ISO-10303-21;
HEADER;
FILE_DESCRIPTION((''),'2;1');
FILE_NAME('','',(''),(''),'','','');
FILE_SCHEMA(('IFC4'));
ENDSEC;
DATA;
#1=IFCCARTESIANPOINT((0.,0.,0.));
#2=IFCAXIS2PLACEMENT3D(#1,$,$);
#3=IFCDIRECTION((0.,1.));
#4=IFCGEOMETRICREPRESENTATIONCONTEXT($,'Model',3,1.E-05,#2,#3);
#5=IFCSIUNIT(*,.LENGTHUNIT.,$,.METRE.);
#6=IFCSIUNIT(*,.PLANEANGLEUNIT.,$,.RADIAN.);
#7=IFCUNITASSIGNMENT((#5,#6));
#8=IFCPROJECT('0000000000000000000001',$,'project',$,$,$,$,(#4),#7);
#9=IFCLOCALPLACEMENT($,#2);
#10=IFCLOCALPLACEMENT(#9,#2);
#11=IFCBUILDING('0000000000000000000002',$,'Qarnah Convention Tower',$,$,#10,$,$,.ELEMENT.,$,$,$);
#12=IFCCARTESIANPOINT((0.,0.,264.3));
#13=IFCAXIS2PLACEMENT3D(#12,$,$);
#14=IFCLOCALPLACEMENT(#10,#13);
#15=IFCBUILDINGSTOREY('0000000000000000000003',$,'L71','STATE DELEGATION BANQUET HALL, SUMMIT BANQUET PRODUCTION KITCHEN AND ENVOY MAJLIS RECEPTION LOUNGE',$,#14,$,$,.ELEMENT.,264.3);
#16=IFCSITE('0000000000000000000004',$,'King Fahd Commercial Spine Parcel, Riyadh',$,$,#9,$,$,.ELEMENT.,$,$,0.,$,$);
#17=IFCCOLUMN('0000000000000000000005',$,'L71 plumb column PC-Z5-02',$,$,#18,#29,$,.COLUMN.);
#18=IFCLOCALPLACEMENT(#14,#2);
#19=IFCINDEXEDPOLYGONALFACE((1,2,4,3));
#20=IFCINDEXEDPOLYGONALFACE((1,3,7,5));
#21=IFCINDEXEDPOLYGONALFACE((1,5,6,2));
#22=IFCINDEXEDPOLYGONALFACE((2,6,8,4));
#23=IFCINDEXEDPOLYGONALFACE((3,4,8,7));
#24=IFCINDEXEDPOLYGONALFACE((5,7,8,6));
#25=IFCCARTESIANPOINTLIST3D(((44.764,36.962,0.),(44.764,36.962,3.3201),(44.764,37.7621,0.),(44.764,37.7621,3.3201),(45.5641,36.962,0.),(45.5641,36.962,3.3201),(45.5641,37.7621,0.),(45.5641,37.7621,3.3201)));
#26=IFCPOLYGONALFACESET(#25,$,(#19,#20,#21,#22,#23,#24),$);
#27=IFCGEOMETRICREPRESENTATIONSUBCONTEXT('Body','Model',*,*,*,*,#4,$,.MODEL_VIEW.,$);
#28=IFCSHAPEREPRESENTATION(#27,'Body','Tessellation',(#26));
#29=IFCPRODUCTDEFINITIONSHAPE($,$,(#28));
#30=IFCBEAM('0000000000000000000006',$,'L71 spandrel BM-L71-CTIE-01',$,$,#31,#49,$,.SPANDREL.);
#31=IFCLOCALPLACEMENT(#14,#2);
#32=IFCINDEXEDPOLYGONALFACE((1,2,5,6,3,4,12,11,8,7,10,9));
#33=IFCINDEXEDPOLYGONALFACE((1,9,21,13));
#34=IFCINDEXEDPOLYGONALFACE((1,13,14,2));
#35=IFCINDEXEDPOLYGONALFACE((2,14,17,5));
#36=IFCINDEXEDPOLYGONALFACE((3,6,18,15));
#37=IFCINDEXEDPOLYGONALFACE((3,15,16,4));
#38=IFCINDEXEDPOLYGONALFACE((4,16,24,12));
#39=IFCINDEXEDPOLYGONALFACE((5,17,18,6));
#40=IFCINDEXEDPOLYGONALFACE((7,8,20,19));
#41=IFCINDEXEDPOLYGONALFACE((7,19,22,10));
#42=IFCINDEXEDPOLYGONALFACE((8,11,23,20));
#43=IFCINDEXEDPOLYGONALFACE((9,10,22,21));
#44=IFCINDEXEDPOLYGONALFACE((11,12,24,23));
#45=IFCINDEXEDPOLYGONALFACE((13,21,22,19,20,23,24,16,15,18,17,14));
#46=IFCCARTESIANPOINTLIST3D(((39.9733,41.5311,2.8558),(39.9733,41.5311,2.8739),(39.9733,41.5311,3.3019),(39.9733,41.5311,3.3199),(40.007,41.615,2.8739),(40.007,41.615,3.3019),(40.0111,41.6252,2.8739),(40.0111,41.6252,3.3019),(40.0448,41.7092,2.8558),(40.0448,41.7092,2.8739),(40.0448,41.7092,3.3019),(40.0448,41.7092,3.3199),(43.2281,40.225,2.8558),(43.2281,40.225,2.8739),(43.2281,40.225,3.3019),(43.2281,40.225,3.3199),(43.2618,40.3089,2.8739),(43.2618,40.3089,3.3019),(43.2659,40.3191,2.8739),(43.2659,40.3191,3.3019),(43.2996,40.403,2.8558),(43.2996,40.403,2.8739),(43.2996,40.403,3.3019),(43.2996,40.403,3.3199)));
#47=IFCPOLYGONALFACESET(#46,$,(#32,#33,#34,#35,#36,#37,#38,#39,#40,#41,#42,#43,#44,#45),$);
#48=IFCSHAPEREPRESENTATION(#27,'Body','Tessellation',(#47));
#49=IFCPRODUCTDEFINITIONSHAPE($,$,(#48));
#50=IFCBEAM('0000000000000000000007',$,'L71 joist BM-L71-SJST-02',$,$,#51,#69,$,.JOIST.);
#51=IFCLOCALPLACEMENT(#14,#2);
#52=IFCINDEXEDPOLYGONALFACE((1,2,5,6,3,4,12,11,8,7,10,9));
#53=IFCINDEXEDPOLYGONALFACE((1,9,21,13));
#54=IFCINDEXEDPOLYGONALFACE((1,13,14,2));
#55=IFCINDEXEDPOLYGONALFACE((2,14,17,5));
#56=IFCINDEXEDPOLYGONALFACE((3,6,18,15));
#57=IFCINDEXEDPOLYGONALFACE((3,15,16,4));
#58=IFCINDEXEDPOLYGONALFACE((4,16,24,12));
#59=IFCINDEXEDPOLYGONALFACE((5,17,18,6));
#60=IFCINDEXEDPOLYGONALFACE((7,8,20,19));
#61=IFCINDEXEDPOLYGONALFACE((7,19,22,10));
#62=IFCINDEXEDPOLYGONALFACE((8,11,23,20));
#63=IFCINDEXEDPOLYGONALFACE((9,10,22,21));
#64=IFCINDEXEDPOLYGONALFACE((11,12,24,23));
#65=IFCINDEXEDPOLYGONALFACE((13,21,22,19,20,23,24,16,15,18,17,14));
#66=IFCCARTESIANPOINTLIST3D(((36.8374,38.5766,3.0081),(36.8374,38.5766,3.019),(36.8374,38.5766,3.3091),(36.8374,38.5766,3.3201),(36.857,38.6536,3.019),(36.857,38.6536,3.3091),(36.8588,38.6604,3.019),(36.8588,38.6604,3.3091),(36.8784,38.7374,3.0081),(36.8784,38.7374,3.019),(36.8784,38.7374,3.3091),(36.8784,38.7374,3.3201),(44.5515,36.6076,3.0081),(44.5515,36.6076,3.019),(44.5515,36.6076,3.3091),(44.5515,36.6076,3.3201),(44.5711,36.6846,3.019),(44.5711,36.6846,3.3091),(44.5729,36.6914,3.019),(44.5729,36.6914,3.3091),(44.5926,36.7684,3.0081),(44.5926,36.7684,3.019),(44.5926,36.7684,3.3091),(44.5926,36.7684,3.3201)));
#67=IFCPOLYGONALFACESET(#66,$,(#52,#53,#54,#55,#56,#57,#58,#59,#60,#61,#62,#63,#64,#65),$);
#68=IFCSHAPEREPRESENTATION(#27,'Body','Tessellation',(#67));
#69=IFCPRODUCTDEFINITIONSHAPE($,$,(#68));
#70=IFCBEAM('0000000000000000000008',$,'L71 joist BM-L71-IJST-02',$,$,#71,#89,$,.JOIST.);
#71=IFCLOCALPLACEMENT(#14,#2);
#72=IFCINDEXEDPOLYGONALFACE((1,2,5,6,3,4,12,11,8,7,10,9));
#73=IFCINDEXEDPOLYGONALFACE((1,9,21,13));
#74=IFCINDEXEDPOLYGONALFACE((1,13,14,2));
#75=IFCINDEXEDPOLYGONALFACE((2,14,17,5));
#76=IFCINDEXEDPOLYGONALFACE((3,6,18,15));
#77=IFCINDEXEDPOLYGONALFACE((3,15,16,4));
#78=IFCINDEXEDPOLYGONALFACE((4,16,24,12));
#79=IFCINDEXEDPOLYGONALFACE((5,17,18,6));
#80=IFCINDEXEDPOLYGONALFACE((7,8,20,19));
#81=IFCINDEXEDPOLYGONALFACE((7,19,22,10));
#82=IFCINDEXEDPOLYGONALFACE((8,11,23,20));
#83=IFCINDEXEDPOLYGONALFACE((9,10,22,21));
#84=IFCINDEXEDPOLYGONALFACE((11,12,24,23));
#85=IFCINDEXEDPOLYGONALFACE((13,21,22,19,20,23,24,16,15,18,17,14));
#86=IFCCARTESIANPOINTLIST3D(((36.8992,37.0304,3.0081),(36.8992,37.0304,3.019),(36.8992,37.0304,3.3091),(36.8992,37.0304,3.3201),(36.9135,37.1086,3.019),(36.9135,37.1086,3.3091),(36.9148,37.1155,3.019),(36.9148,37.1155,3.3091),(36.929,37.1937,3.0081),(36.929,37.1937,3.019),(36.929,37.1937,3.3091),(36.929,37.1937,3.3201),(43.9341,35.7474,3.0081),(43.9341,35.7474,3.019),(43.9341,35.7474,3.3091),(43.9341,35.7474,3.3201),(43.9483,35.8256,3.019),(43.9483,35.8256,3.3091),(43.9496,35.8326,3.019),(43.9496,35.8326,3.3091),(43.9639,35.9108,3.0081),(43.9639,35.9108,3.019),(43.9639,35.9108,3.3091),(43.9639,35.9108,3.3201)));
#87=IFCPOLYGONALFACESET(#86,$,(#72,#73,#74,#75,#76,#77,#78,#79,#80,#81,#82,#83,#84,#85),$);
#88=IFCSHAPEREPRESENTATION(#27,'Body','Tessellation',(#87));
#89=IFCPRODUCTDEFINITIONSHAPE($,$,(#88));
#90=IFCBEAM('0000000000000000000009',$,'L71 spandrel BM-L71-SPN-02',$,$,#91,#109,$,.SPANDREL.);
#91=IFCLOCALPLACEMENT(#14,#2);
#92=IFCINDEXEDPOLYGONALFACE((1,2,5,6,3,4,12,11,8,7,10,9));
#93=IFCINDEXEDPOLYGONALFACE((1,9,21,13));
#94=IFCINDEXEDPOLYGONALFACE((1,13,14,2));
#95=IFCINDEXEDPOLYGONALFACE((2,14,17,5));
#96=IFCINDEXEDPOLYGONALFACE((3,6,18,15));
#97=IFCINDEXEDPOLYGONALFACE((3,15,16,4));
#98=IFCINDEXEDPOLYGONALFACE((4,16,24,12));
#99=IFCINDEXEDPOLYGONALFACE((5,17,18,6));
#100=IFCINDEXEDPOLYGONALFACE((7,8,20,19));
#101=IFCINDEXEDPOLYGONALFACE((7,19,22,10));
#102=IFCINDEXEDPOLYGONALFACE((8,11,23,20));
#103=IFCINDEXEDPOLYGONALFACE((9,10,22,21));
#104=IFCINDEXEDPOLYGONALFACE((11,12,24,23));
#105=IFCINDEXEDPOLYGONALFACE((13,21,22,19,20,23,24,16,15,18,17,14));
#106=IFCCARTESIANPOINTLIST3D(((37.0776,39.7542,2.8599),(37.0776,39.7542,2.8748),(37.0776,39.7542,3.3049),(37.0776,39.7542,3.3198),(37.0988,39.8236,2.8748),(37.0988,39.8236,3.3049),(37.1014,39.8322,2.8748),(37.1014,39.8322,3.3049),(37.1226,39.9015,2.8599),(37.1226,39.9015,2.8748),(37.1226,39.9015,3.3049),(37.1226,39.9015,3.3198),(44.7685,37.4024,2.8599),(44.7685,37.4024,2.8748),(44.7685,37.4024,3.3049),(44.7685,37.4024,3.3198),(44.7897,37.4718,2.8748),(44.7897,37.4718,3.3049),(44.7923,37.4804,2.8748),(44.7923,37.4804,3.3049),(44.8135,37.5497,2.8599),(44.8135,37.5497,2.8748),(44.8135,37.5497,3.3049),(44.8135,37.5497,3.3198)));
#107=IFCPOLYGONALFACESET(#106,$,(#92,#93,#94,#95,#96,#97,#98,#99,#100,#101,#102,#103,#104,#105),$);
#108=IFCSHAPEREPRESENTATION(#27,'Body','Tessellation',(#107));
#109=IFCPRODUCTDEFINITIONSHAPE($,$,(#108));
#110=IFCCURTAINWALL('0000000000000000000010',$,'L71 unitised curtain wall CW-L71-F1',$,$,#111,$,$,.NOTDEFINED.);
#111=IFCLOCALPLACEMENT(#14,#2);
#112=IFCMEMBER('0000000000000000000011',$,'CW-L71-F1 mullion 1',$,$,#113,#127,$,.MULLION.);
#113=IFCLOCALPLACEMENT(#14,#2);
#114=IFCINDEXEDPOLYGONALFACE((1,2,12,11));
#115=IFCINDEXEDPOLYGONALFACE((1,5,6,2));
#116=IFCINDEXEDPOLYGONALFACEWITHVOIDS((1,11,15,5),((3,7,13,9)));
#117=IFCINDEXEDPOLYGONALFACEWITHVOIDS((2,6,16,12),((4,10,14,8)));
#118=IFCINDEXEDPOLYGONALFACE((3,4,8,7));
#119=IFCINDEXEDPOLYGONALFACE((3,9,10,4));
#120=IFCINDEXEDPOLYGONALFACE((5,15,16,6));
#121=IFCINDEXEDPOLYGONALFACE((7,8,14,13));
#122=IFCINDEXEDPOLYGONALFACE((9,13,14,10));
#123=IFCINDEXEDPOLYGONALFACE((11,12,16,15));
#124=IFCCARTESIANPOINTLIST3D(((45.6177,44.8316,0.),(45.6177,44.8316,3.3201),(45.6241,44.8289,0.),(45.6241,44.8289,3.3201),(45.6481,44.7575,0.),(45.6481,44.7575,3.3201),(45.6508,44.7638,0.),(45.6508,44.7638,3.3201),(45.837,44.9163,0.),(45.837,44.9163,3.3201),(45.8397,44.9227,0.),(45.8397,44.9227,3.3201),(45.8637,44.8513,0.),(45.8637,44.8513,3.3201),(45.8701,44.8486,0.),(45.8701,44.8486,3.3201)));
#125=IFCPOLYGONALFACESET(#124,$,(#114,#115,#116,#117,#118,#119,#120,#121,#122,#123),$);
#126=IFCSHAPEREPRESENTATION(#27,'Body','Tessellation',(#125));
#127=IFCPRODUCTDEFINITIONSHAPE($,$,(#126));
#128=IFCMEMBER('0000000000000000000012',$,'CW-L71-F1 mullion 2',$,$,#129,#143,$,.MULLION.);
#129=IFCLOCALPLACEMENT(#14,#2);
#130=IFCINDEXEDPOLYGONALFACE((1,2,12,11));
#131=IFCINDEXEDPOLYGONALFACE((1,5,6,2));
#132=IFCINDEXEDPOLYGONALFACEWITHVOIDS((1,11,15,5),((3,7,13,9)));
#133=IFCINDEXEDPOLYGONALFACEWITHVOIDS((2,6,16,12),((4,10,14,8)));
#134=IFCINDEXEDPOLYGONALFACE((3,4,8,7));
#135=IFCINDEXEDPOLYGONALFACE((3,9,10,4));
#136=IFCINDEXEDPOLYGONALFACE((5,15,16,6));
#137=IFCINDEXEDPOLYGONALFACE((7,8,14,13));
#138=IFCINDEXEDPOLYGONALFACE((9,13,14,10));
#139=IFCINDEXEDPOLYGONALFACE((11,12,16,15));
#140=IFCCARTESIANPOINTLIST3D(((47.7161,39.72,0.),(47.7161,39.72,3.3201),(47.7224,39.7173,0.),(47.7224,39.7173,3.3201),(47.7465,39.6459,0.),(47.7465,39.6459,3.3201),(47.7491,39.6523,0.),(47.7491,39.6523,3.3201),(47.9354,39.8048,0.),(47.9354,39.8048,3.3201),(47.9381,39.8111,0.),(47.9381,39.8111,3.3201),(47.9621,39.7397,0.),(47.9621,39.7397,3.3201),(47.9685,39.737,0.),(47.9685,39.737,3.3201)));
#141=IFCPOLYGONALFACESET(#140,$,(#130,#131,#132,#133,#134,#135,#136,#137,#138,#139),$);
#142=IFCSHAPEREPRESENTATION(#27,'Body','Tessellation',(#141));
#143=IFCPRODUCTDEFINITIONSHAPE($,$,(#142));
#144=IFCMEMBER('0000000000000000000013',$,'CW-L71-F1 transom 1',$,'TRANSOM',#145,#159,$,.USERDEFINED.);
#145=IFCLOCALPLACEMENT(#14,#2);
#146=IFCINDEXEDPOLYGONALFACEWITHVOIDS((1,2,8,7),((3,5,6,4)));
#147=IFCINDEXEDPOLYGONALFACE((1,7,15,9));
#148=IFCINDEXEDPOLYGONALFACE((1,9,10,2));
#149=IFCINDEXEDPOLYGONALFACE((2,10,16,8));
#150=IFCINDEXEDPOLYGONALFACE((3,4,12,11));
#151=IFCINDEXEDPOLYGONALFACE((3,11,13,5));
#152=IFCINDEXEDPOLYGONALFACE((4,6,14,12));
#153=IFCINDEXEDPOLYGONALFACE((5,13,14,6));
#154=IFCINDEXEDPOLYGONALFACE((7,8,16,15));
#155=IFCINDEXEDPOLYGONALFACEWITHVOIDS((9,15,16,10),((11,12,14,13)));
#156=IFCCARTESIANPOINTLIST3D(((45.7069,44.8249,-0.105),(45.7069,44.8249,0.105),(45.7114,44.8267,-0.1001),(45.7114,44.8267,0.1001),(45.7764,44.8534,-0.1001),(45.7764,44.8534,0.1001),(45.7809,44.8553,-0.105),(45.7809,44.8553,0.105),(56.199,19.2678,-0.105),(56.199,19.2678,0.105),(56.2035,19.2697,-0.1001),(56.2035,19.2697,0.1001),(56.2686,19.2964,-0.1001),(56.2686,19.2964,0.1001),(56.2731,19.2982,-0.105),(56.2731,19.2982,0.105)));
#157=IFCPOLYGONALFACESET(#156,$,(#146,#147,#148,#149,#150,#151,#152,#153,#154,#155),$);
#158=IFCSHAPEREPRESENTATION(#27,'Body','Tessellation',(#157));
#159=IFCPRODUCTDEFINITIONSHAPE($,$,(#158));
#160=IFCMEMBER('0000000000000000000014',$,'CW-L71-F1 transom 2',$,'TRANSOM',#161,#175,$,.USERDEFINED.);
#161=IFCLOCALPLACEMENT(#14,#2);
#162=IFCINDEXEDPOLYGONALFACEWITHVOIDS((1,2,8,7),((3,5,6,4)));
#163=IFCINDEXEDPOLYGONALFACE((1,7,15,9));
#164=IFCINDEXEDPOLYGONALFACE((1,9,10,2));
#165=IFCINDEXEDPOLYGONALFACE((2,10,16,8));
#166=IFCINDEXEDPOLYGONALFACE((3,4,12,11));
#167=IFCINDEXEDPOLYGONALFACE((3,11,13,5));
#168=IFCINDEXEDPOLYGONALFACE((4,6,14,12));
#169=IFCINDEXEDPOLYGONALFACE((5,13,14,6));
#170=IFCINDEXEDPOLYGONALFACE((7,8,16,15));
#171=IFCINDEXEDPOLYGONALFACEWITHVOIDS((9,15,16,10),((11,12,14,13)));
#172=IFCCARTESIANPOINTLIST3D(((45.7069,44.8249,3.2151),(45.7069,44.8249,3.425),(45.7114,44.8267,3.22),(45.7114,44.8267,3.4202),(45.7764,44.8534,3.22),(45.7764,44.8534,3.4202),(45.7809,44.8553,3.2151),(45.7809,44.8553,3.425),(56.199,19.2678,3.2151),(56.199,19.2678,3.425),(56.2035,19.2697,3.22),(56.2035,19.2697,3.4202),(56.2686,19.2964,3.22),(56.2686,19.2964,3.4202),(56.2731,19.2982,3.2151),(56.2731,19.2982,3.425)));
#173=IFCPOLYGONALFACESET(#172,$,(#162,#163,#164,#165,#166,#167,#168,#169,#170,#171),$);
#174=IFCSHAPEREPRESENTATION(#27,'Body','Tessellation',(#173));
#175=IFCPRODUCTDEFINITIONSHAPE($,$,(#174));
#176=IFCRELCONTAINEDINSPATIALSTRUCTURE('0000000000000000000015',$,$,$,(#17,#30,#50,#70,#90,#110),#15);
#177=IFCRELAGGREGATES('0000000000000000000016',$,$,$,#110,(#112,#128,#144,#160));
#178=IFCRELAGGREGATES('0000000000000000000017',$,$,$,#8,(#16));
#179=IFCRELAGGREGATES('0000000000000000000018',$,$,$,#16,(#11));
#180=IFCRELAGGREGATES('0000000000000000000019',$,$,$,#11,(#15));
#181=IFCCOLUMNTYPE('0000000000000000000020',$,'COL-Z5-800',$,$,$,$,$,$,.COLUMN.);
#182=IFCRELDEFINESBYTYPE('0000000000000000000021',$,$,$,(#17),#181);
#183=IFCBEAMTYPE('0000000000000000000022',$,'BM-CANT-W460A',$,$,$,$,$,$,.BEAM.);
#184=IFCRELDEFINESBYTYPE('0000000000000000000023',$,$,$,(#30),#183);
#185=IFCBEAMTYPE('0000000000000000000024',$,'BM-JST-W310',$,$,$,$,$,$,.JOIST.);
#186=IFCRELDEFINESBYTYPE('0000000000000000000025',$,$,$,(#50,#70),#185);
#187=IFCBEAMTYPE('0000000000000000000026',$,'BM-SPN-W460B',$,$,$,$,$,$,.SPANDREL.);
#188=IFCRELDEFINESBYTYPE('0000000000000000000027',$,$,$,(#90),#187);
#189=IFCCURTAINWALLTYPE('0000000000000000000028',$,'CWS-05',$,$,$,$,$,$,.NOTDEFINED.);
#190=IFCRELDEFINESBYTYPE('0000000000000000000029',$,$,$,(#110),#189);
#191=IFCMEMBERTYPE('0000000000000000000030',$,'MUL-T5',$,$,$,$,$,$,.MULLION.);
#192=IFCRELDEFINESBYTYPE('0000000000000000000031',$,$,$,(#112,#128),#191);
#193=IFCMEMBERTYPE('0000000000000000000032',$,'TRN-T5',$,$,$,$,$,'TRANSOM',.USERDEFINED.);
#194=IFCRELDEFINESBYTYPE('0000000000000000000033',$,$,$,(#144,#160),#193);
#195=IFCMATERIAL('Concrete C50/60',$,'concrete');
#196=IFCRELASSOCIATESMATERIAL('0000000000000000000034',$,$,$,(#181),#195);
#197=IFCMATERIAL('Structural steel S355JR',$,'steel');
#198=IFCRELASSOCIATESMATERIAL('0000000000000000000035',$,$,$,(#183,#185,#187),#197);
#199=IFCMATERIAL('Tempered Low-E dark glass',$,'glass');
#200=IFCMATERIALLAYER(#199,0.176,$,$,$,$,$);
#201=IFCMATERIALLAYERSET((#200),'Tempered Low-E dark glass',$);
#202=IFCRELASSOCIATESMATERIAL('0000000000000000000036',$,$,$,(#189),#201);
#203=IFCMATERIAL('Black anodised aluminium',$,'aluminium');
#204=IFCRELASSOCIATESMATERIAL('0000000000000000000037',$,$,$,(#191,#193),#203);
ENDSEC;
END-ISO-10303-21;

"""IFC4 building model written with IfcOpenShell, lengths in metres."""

from ifc_helpers import new_model, si_unit, direction, frame, origin, origin_2d, place, context, subcontext, project, spatial, rectangle, hollow_rectangle, i_section, extrude, material, layer, layer_set, material_profile, profile_set, type_object, element, aggregate, save


model = new_model("IFC4")

# Units and contexts
model_context = context("Model", 3, precision=1e-05, world=origin(), true_north=direction((0.0, 1.0)))
body_context = subcontext(model_context, "Body", "Model", "MODEL_VIEW")
ifc_project = project(units=[si_unit("LENGTHUNIT", "METRE"), si_unit("PLANEANGLEUNIT", "RADIAN")], contexts=[model_context])

# Site, building, storey
site_placement = place(None, origin())
site = spatial("IfcSite", under=ifc_project, at=site_placement, Name="King Fahd Commercial Spine Parcel, Riyadh", CompositionType="ELEMENT", RefElevation=0.0)
building_placement = place(site_placement, origin())
building = spatial("IfcBuilding", under=site, at=building_placement, Name="Qarnah Convention Tower", CompositionType="ELEMENT")
storey_placement = place(building_placement, frame((0.0, 0.0, 264.3)))
storey = spatial("IfcBuildingStorey", under=building, at=storey_placement, Name="L71", Description="STATE DELEGATION BANQUET HALL, SUMMIT BANQUET PRODUCTION KITCHEN AND ENVOY MAJLIS RECEPTION LOUNGE", CompositionType="ELEMENT", Elevation=264.3)

# Column
ifc_material_1 = material(Name="Concrete C50/60", Category="concrete")
ifc_material_profile_1 = material_profile(ifc_material_1, rectangle(XDim=0.8, YDim=0.8, at=origin_2d()), Name="RC-COL-800X800")
ifc_profile_set_1 = profile_set([ifc_material_profile_1], Name="Concrete C50/60")
column_type = type_object("IfcColumnType", Name="COL-Z5-800", PredefinedType="COLUMN", material=ifc_profile_set_1)
column_placement = place(storey_placement, frame((45.1641, 37.3621, 0.0), z_axis=(0.0, 0.0, 1.0), x_axis=(1.0, 0.0, 0.0)))
element("IfcColumn", 1, at=column_placement, inside=storey, type_object=column_type, Name="L71 plumb column PC-Z5-02", PredefinedType="COLUMN", context=body_context, shape_type="SweptSolid", body=[
    extrude(rectangle(XDim=0.8, YDim=0.8, at=origin_2d()), origin(), (0.0, 0.0, 1.0), 3.3201),
])

# Beams
ifc_material_2 = material(Name="Structural steel S355JR", Category="steel")
ifc_material_profile_2 = material_profile(ifc_material_2, i_section(OverallWidth=0.1919, OverallDepth=0.4641, WebThickness=0.011, FlangeThickness=0.0181, at=origin_2d()), Name="W460X89")
ifc_profile_set_2 = profile_set([ifc_material_profile_2], Name="Structural steel S355JR")
beam_type_1 = type_object("IfcBeamType", Name="BM-CANT-W460A", PredefinedType="BEAM", material=ifc_profile_set_2)
beam_1_placement = place(storey_placement, frame((40.009, 41.6201, 3.0879), z_axis=(0.928063, -0.372423, 0.0), x_axis=(0.372423, 0.928063, 0.0)))
element("IfcBeam", 2, at=beam_1_placement, inside=storey, type_object=beam_type_1, Name="L71 spandrel BM-L71-CTIE-01", PredefinedType="SPANDREL", context=body_context, shape_type="SweptSolid", body=[
    extrude(i_section(OverallWidth=0.1919, OverallDepth=0.4641, WebThickness=0.011, FlangeThickness=0.0181, at=origin_2d()), origin(), (0.0, 0.0, 1.0), 3.5071),
])
ifc_material_profile_3 = material_profile(ifc_material_2, i_section(OverallWidth=0.166, OverallDepth=0.312, WebThickness=0.0071, FlangeThickness=0.011, at=origin_2d()), Name="W310X45")
ifc_profile_set_3 = profile_set([ifc_material_profile_3], Name="Structural steel S355JR")
beam_type_2 = type_object("IfcBeamType", Name="BM-JST-W310", PredefinedType="JOIST", material=ifc_profile_set_3)
beam_2_placement = place(storey_placement, frame((44.572, 36.688, 3.1641), z_axis=(-0.968935, 0.247316, 0.0), x_axis=(-0.247316, -0.968935, 0.0)))
element("IfcBeam", 3, at=beam_2_placement, inside=storey, type_object=beam_type_2, Name="L71 joist BM-L71-SJST-02", PredefinedType="JOIST", context=body_context, shape_type="SweptSolid", body=[
    extrude(i_section(OverallWidth=0.166, OverallDepth=0.312, WebThickness=0.0071, FlangeThickness=0.011, at=origin_2d()), origin(), (0.0, 0.0, 1.0), 7.9614),
])
beam_3_placement = place(storey_placement, frame((43.949, 35.8291, 3.1641), z_axis=(-0.983774, 0.179411, 0.0), x_axis=(-0.179411, -0.983774, 0.0)))
element("IfcBeam", 4, at=beam_3_placement, inside=storey, type_object=beam_type_2, Name="L71 joist BM-L71-IJST-02", PredefinedType="JOIST", context=body_context, shape_type="SweptSolid", body=[
    extrude(i_section(OverallWidth=0.166, OverallDepth=0.312, WebThickness=0.0071, FlangeThickness=0.011, at=origin_2d()), origin(), (0.0, 0.0, 1.0), 7.1509),
])
ifc_material_profile_4 = material_profile(ifc_material_2, i_section(OverallWidth=0.1541, OverallDepth=0.46, WebThickness=0.009, FlangeThickness=0.0149, at=origin_2d()), Name="W460X68")
ifc_profile_set_4 = profile_set([ifc_material_profile_4], Name="Structural steel S355JR")
beam_type_3 = type_object("IfcBeamType", Name="BM-SPN-W460B", PredefinedType="SPANDREL", material=ifc_profile_set_4)
beam_4_placement = place(storey_placement, frame((44.791, 37.4761, 3.0898), z_axis=(-0.956289, 0.292424, 0.0), x_axis=(-0.292424, -0.956289, 0.0)))
element("IfcBeam", 5, at=beam_4_placement, inside=storey, type_object=beam_type_3, Name="L71 spandrel BM-L71-SPN-02", PredefinedType="SPANDREL", context=body_context, shape_type="SweptSolid", body=[
    extrude(i_section(OverallWidth=0.1541, OverallDepth=0.46, WebThickness=0.009, FlangeThickness=0.0149, at=origin_2d()), origin(), (0.0, 0.0, 1.0), 8.0425),
])

# Curtain wall, members
ifc_material_3 = material(Name="Tempered Low-E dark glass", Category="glass")
ifc_layer_1 = layer(ifc_material_3, 0.176)
ifc_layer_set_1 = layer_set([ifc_layer_1], Name="Tempered Low-E dark glass")
curtain_wall_type = type_object("IfcCurtainWallType", Name="CWS-05", PredefinedType="NOTDEFINED", material=ifc_layer_set_1)
curtain_wall_placement = place(storey_placement, origin())
curtain_wall = element("IfcCurtainWall", 6, at=curtain_wall_placement, inside=storey, type_object=curtain_wall_type, Name="L71 unitised curtain wall CW-L71-F1", PredefinedType="NOTDEFINED")
ifc_material_4 = material(Name="Black anodised aluminium", Category="aluminium")
ifc_material_profile_5 = material_profile(ifc_material_4, hollow_rectangle(XDim=0.0801, YDim=0.24, WallThickness=0.0049, at=origin_2d()), Name="MUL-80X240")
ifc_profile_set_5 = profile_set([ifc_material_profile_5], Name="Black anodised aluminium")
member_type_1 = type_object("IfcMemberType", Name="MUL-T5", PredefinedType="MULLION", material=ifc_profile_set_5)
member_1_placement = place(storey_placement, frame((45.7439, 44.8401, 0.0), z_axis=(0.0, 0.0, 1.0), x_axis=(0.379776, -0.925079, 0.0)))
member_1 = element("IfcMember", 7, at=member_1_placement, type_object=member_type_1, Name="CW-L71-F1 mullion 1", PredefinedType="MULLION", context=body_context, shape_type="SweptSolid", body=[
    extrude(hollow_rectangle(XDim=0.0801, YDim=0.24, WallThickness=0.0049, at=origin_2d()), origin(), (0.0, 0.0, 1.0), 3.3201),
])
member_2_placement = place(storey_placement, frame((47.8423, 39.7285, 0.0), z_axis=(0.0, 0.0, 1.0), x_axis=(0.379776, -0.925079, 0.0)))
member_2 = element("IfcMember", 8, at=member_2_placement, type_object=member_type_1, Name="CW-L71-F1 mullion 2", PredefinedType="MULLION", context=body_context, shape_type="SweptSolid", body=[
    extrude(hollow_rectangle(XDim=0.0801, YDim=0.24, WallThickness=0.0049, at=origin_2d()), origin(), (0.0, 0.0, 1.0), 3.3201),
])
ifc_material_profile_6 = material_profile(ifc_material_4, hollow_rectangle(XDim=0.0801, YDim=0.21, WallThickness=0.0049, at=origin_2d()), Name="TRN-80X210")
ifc_profile_set_6 = profile_set([ifc_material_profile_6], Name="Black anodised aluminium")
member_type_2 = type_object("IfcMemberType", Name="TRN-T5", ElementType="TRANSOM", PredefinedType="USERDEFINED", material=ifc_profile_set_6)
member_3_placement = place(storey_placement, frame((45.7439, 44.8401, 0.0), z_axis=(0.37978, -0.925077, 0.0), x_axis=(0.925077, 0.37978, 0.0)))
member_3 = element("IfcMember", 9, at=member_3_placement, type_object=member_type_2, Name="CW-L71-F1 transom 1", ObjectType="TRANSOM", PredefinedType="USERDEFINED", context=body_context, shape_type="SweptSolid", body=[
    extrude(hollow_rectangle(XDim=0.0801, YDim=0.21, WallThickness=0.0049, at=origin_2d()), origin(), (0.0, 0.0, 1.0), 27.627),
])
member_4_placement = place(storey_placement, frame((45.7439, 44.8401, 3.3201), z_axis=(0.37978, -0.925077, 0.0), x_axis=(0.925077, 0.37978, 0.0)))
member_4 = element("IfcMember", 10, at=member_4_placement, type_object=member_type_2, Name="CW-L71-F1 transom 2", ObjectType="TRANSOM", PredefinedType="USERDEFINED", context=body_context, shape_type="SweptSolid", body=[
    extrude(hollow_rectangle(XDim=0.0801, YDim=0.21, WallThickness=0.0049, at=origin_2d()), origin(), (0.0, 0.0, 1.0), 27.627),
])
aggregate(curtain_wall, [member_1, member_2, member_3, member_4])

save(model, "model.ifc")
